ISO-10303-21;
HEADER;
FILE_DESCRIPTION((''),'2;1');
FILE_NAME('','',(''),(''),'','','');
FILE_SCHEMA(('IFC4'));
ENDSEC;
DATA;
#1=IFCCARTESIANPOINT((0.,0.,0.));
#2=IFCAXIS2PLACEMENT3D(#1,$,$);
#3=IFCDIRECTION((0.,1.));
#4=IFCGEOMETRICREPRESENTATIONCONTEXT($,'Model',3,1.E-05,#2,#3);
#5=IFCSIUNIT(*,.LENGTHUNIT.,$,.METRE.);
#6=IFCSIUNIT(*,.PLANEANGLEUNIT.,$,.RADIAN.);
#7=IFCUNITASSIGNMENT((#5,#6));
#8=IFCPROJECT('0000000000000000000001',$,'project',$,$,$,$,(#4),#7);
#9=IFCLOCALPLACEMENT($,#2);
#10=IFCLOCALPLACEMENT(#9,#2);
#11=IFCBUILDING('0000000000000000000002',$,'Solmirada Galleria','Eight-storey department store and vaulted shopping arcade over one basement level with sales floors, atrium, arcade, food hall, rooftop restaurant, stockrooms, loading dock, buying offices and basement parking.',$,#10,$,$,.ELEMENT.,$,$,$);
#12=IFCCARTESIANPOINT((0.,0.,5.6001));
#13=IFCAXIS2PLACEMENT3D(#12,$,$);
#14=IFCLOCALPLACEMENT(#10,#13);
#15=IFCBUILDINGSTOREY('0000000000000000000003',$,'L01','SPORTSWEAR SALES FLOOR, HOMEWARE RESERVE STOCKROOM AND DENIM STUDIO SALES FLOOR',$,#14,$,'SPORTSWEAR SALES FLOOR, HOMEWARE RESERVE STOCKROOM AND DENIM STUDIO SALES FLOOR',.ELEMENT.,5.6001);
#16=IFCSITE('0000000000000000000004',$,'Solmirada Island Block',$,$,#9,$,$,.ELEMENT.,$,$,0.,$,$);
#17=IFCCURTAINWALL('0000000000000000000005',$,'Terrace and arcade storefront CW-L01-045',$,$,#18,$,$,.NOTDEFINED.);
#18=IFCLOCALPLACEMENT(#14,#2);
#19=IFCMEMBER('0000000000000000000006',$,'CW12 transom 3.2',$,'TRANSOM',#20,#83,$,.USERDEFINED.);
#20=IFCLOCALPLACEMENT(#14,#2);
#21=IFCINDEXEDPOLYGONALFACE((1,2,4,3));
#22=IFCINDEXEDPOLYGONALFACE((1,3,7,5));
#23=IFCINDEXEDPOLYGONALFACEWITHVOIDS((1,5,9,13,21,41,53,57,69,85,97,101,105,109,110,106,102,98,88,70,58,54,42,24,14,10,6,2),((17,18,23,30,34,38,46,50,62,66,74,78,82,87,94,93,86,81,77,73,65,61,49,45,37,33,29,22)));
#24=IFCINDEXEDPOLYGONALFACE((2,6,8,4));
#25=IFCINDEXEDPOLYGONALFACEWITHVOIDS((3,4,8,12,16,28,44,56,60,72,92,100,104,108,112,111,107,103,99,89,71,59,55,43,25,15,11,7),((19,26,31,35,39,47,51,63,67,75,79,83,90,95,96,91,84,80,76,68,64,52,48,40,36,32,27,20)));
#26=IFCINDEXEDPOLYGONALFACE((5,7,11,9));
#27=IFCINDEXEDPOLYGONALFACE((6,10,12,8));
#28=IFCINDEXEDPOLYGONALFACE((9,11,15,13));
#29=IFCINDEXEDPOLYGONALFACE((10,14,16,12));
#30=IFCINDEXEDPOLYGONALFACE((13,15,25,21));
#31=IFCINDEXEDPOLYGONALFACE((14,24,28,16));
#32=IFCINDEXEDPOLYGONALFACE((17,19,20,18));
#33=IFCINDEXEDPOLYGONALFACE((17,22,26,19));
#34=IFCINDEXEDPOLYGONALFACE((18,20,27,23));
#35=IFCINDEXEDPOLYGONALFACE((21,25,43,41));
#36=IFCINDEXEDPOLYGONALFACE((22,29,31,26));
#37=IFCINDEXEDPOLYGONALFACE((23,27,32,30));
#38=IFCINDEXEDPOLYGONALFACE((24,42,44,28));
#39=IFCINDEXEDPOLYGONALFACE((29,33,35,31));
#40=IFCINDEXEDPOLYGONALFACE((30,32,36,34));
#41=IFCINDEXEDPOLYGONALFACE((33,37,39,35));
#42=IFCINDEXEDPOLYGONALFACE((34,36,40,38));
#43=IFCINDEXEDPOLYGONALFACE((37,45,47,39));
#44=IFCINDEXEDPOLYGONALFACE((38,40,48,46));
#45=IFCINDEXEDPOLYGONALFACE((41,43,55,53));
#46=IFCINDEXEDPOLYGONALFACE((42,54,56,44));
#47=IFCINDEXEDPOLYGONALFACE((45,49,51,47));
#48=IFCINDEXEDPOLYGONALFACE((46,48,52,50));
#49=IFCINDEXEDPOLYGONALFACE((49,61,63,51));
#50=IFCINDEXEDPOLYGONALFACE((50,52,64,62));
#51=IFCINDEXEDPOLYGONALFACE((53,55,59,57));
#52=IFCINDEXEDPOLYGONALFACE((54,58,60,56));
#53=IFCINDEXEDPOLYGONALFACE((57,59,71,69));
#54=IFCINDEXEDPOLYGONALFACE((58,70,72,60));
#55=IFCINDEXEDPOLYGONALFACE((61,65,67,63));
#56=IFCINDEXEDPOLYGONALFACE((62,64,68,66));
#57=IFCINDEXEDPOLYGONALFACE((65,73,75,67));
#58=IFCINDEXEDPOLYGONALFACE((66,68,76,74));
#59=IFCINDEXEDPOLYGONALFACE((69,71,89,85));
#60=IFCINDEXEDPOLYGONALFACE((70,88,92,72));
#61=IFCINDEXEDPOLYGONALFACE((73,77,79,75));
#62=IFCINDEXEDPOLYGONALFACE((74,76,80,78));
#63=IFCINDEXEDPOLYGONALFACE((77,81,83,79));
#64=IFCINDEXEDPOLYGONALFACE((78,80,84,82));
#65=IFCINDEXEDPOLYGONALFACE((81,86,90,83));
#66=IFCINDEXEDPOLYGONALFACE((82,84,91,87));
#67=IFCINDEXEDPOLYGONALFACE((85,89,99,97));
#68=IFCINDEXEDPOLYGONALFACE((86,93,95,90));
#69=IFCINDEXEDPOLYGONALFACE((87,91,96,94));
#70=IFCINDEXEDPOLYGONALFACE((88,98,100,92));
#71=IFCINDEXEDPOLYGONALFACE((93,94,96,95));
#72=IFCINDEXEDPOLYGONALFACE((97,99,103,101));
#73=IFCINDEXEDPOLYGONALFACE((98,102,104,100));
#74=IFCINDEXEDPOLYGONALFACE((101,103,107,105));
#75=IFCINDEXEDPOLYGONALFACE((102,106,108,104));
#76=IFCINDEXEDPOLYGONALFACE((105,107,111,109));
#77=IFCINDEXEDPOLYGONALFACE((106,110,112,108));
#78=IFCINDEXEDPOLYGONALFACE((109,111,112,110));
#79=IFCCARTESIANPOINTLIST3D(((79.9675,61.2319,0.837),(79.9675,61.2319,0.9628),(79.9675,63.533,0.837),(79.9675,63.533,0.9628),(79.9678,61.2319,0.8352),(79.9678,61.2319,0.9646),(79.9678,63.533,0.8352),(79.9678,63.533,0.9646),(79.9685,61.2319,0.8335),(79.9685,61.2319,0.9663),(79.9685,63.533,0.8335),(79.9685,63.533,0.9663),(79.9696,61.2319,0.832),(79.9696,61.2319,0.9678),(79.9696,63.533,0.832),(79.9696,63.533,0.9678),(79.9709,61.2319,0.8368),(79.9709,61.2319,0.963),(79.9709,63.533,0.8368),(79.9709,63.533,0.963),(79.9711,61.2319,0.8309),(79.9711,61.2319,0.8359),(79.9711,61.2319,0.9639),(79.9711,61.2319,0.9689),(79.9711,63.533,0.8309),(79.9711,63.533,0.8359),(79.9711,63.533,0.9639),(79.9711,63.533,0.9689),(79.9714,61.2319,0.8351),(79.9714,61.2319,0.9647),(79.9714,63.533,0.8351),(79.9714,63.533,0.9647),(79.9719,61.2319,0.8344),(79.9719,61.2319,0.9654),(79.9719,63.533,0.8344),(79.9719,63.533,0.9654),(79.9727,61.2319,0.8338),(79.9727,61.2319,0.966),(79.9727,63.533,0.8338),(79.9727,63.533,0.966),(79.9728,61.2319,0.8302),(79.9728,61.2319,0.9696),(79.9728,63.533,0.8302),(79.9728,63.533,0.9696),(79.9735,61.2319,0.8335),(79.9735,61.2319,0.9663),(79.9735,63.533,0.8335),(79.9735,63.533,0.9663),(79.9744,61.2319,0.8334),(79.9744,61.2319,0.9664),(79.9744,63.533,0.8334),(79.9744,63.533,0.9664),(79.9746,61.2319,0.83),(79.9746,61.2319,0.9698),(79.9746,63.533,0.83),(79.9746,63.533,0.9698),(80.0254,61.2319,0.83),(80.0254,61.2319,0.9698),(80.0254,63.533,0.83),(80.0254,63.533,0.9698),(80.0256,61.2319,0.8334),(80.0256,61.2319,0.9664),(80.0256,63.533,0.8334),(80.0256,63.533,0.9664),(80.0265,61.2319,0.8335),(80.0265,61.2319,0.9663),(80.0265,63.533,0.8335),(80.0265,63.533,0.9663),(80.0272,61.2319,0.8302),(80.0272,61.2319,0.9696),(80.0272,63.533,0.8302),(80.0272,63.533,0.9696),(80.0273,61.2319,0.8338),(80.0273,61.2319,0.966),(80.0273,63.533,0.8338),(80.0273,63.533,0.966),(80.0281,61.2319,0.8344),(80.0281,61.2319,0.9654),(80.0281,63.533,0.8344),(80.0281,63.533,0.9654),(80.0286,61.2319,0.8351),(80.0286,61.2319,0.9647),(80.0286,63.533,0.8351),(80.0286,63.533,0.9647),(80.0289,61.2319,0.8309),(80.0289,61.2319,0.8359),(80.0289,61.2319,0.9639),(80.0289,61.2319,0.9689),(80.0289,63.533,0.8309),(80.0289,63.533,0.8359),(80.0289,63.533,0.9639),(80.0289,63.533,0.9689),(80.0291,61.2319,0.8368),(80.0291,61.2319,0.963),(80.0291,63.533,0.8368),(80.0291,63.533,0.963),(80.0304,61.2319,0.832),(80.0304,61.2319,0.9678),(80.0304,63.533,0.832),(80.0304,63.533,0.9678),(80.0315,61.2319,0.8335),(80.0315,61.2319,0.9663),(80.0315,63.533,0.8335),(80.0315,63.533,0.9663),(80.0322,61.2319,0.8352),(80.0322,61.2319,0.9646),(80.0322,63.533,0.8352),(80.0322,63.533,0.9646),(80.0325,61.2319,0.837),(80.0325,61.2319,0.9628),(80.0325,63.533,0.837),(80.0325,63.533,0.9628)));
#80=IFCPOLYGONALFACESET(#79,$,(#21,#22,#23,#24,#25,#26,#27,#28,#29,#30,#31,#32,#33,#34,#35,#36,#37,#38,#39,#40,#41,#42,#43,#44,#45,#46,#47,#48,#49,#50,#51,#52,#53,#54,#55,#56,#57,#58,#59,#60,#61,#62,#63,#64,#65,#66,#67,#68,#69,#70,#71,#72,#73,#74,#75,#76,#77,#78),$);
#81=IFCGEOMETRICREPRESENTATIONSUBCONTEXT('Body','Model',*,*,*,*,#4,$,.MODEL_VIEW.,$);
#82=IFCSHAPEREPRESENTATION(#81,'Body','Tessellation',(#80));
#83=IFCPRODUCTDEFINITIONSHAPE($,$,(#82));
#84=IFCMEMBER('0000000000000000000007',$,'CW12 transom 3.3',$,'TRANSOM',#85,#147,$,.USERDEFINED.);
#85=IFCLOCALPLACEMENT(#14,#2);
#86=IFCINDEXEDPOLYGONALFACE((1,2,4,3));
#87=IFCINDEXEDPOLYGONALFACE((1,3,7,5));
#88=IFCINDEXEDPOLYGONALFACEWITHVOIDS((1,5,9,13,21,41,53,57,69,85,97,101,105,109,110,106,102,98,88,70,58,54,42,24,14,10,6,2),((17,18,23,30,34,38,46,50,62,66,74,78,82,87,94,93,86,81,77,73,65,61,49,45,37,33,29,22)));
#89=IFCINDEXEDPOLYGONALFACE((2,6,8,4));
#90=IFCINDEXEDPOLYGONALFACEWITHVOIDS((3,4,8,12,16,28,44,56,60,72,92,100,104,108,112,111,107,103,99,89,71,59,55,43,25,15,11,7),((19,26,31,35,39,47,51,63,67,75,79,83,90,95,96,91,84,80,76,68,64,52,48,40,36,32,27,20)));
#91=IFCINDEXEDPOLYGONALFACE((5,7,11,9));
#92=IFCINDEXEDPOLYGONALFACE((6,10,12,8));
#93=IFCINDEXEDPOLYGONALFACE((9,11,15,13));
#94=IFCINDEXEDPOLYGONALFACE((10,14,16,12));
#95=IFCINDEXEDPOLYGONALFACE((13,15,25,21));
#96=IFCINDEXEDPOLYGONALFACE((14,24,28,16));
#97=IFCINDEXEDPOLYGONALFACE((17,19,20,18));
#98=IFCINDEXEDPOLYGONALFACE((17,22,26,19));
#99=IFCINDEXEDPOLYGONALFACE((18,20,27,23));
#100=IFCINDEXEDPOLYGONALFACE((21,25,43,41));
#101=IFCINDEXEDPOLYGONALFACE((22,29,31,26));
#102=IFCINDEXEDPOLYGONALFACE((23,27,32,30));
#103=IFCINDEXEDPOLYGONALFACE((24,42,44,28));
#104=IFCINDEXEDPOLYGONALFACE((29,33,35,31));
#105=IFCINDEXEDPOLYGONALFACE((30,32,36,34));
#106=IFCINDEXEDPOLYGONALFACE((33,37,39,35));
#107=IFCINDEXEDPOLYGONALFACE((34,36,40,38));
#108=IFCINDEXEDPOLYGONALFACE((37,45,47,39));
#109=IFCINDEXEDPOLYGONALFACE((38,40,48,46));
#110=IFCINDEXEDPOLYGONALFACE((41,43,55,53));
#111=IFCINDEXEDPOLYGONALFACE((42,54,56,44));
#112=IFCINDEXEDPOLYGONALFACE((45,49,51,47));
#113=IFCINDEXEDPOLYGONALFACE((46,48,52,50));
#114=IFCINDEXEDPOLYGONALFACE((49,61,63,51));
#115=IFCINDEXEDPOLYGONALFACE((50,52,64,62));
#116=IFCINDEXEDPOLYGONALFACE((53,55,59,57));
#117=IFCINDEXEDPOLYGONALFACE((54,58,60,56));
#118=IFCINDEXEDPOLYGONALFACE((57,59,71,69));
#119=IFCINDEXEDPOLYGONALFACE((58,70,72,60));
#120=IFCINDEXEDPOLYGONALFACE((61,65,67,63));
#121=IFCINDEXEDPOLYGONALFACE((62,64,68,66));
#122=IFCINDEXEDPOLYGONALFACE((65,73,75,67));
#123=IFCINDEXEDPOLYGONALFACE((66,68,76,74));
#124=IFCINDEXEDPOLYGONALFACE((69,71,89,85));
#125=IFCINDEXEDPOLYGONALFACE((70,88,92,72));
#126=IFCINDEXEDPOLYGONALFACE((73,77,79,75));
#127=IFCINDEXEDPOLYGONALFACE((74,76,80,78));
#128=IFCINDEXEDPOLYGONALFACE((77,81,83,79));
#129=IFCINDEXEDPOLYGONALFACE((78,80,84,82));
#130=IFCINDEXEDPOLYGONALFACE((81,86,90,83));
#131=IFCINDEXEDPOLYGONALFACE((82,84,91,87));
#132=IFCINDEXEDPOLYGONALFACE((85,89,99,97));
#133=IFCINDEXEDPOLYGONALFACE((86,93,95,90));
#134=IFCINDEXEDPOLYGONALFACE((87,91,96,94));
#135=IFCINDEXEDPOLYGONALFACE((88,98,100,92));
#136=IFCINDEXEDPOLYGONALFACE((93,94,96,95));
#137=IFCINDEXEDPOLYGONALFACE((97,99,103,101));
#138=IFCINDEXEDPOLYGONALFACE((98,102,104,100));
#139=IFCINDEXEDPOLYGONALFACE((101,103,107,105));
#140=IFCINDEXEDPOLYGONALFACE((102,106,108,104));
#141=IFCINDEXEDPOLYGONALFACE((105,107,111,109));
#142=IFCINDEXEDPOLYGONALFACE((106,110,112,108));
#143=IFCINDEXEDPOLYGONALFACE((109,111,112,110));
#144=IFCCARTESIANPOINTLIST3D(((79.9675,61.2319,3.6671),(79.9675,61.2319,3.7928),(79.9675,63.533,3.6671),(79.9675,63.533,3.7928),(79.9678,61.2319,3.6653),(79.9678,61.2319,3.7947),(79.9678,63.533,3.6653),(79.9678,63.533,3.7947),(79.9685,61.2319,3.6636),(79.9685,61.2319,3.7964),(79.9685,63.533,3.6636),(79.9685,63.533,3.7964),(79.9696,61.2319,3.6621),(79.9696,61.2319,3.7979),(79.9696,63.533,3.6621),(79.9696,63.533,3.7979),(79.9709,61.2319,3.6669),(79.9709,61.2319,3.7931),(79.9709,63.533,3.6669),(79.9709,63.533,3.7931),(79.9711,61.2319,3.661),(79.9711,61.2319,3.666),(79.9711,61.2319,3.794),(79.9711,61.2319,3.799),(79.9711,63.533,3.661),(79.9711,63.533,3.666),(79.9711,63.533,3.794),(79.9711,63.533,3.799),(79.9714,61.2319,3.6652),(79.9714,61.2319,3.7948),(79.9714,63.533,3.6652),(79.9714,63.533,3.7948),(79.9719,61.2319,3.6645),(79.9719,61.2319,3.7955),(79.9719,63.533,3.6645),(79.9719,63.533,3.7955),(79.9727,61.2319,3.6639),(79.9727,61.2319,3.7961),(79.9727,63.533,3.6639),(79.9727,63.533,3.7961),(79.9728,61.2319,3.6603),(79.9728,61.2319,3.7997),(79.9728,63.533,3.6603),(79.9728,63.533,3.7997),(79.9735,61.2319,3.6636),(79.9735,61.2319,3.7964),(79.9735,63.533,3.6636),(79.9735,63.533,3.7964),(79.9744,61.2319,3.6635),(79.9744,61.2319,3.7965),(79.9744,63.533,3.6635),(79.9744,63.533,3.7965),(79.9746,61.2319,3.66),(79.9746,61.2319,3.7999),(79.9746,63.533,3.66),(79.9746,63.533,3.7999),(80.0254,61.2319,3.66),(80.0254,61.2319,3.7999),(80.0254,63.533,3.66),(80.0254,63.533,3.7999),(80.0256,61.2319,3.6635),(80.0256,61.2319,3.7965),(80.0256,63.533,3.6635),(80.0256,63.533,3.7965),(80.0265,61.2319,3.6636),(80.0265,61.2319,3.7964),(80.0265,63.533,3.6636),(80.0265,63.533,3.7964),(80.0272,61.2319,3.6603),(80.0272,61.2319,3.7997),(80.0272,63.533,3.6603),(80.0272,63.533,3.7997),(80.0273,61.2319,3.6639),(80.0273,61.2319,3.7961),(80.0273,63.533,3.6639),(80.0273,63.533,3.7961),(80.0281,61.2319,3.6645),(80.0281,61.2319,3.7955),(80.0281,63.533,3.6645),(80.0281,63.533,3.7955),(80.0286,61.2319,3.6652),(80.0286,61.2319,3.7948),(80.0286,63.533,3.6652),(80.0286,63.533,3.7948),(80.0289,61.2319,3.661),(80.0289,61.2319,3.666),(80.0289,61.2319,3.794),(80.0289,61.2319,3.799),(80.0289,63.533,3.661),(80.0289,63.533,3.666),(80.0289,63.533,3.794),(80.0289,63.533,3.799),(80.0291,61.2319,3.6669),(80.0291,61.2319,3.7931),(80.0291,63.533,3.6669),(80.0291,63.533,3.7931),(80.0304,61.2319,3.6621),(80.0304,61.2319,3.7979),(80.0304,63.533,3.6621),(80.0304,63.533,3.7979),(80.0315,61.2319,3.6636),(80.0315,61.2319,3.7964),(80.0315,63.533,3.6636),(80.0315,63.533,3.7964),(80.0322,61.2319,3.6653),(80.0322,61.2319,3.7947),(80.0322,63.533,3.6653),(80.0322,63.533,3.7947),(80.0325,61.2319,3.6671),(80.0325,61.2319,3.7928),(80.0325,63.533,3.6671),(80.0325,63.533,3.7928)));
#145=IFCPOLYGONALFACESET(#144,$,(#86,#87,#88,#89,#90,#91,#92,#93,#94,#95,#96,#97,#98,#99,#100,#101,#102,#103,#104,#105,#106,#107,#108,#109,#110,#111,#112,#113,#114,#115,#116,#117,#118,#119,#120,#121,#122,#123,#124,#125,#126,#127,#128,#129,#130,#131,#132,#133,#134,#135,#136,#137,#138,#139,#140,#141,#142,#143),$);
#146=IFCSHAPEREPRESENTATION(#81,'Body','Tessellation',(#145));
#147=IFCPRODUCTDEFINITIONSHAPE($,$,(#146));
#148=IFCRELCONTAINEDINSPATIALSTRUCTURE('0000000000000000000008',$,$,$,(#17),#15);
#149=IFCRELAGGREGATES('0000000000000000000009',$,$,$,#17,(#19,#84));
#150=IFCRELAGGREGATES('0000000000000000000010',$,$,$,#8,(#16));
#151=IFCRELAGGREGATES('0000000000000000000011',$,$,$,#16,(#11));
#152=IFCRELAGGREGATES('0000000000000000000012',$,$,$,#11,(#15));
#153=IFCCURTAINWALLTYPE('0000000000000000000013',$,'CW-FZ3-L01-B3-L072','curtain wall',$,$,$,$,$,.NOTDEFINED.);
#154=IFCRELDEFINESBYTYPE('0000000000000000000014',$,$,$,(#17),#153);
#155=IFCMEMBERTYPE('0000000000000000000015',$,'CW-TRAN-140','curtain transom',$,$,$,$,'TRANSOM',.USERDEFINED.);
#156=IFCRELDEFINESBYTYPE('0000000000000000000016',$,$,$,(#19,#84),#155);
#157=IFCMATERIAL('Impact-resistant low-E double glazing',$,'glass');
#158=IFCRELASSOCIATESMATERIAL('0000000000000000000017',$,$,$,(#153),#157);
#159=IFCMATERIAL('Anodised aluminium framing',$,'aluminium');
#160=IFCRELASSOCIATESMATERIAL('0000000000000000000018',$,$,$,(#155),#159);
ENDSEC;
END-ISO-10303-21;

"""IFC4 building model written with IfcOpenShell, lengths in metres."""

from ifc_helpers import new_model, si_unit, direction, frame, origin, origin_2d, place, context, subcontext, project, spatial, hollow_rectangle, extrude, material, material_profile, profile_set, type_object, element, aggregate, save


model = new_model("IFC4")

# Units and contexts
model_context = context("Model", 3, precision=1e-05, world=origin(), true_north=direction((0.0, 1.0)))
body_context = subcontext(model_context, "Body", "Model", "MODEL_VIEW")
ifc_project = project(units=[si_unit("LENGTHUNIT", "METRE"), si_unit("PLANEANGLEUNIT", "RADIAN")], contexts=[model_context])

# Site, building, storey
site_placement = place(None, origin())
site = spatial("IfcSite", under=ifc_project, at=site_placement, Name="Solmirada Island Block", CompositionType="ELEMENT", RefElevation=0.0)
building_placement = place(site_placement, origin())
building = spatial("IfcBuilding", under=site, at=building_placement, Name="Solmirada Galleria", Description="Eight-storey department store and vaulted shopping arcade over one basement level with sales floors, atrium, arcade, food hall, rooftop restaurant, stockrooms, loading dock, buying offices and basement parking.", CompositionType="ELEMENT")
storey_placement = place(building_placement, frame((0.0, 0.0, 5.6001)))
storey = spatial("IfcBuildingStorey", under=building, at=storey_placement, Name="L01", Description="SPORTSWEAR SALES FLOOR, HOMEWARE RESERVE STOCKROOM AND DENIM STUDIO SALES FLOOR", LongName="SPORTSWEAR SALES FLOOR, HOMEWARE RESERVE STOCKROOM AND DENIM STUDIO SALES FLOOR", CompositionType="ELEMENT", Elevation=5.6001)

# Curtain wall
ifc_material_1 = material(Name="Impact-resistant low-E double glazing", Category="glass")
curtain_wall_type = type_object("IfcCurtainWallType", Name="CW-FZ3-L01-B3-L072", Description="curtain wall", PredefinedType="NOTDEFINED", material=ifc_material_1)
curtain_wall_1_placement = place(storey_placement, origin())
curtain_wall_1 = element("IfcCurtainWall", 1, at=curtain_wall_1_placement, inside=storey, type_object=curtain_wall_type, Name="Terrace and arcade storefront CW-L01-045", PredefinedType="NOTDEFINED")
ifc_material_2 = material(Name="Anodised aluminium framing", Category="aluminium")

# Members
ifc_material_profile_1 = material_profile(ifc_material_2, hollow_rectangle(XDim=0.0649, YDim=0.1399, WallThickness=0.0034, InnerFilletRadius=0.0034, OuterFilletRadius=0.0071, at=origin_2d()), Name="ALU-TRAN-140X65")
ifc_profile_set_1 = profile_set([ifc_material_profile_1], Name="Anodised aluminium framing")
member_type_1 = type_object("IfcMemberType", Name="CW-TRAN-140", Description="curtain transom", ElementType="TRANSOM", PredefinedType="USERDEFINED", material=ifc_profile_set_1)
member_1_placement = place(storey_placement, frame((80.0, 61.2319, 0.8999), z_axis=(0.0, 1.0, 0.0), x_axis=(-1.0, 0.0, 0.0)))
member_1 = element("IfcMember", 2, at=member_1_placement, type_object=member_type_1, Name="CW12 transom 3.2", ObjectType="TRANSOM", PredefinedType="USERDEFINED", context=body_context, shape_type="SweptSolid", body=[
    extrude(hollow_rectangle(XDim=0.0649, YDim=0.1399, WallThickness=0.0034, InnerFilletRadius=0.0034, OuterFilletRadius=0.0071, at=origin_2d()), origin(), (0.0, 0.0, 1.0), 2.301),
])
member_2_placement = place(storey_placement, frame((80.0, 61.2319, 3.73), z_axis=(0.0, 1.0, 0.0), x_axis=(-1.0, 0.0, 0.0)))
member_2 = element("IfcMember", 3, at=member_2_placement, type_object=member_type_1, Name="CW12 transom 3.3", ObjectType="TRANSOM", PredefinedType="USERDEFINED", context=body_context, shape_type="SweptSolid", body=[
    extrude(hollow_rectangle(XDim=0.0649, YDim=0.1399, WallThickness=0.0034, InnerFilletRadius=0.0034, OuterFilletRadius=0.0071, at=origin_2d()), origin(), (0.0, 0.0, 1.0), 2.301),
])

aggregate(curtain_wall_1, [member_1, member_2])

save(model, "model.ifc")
